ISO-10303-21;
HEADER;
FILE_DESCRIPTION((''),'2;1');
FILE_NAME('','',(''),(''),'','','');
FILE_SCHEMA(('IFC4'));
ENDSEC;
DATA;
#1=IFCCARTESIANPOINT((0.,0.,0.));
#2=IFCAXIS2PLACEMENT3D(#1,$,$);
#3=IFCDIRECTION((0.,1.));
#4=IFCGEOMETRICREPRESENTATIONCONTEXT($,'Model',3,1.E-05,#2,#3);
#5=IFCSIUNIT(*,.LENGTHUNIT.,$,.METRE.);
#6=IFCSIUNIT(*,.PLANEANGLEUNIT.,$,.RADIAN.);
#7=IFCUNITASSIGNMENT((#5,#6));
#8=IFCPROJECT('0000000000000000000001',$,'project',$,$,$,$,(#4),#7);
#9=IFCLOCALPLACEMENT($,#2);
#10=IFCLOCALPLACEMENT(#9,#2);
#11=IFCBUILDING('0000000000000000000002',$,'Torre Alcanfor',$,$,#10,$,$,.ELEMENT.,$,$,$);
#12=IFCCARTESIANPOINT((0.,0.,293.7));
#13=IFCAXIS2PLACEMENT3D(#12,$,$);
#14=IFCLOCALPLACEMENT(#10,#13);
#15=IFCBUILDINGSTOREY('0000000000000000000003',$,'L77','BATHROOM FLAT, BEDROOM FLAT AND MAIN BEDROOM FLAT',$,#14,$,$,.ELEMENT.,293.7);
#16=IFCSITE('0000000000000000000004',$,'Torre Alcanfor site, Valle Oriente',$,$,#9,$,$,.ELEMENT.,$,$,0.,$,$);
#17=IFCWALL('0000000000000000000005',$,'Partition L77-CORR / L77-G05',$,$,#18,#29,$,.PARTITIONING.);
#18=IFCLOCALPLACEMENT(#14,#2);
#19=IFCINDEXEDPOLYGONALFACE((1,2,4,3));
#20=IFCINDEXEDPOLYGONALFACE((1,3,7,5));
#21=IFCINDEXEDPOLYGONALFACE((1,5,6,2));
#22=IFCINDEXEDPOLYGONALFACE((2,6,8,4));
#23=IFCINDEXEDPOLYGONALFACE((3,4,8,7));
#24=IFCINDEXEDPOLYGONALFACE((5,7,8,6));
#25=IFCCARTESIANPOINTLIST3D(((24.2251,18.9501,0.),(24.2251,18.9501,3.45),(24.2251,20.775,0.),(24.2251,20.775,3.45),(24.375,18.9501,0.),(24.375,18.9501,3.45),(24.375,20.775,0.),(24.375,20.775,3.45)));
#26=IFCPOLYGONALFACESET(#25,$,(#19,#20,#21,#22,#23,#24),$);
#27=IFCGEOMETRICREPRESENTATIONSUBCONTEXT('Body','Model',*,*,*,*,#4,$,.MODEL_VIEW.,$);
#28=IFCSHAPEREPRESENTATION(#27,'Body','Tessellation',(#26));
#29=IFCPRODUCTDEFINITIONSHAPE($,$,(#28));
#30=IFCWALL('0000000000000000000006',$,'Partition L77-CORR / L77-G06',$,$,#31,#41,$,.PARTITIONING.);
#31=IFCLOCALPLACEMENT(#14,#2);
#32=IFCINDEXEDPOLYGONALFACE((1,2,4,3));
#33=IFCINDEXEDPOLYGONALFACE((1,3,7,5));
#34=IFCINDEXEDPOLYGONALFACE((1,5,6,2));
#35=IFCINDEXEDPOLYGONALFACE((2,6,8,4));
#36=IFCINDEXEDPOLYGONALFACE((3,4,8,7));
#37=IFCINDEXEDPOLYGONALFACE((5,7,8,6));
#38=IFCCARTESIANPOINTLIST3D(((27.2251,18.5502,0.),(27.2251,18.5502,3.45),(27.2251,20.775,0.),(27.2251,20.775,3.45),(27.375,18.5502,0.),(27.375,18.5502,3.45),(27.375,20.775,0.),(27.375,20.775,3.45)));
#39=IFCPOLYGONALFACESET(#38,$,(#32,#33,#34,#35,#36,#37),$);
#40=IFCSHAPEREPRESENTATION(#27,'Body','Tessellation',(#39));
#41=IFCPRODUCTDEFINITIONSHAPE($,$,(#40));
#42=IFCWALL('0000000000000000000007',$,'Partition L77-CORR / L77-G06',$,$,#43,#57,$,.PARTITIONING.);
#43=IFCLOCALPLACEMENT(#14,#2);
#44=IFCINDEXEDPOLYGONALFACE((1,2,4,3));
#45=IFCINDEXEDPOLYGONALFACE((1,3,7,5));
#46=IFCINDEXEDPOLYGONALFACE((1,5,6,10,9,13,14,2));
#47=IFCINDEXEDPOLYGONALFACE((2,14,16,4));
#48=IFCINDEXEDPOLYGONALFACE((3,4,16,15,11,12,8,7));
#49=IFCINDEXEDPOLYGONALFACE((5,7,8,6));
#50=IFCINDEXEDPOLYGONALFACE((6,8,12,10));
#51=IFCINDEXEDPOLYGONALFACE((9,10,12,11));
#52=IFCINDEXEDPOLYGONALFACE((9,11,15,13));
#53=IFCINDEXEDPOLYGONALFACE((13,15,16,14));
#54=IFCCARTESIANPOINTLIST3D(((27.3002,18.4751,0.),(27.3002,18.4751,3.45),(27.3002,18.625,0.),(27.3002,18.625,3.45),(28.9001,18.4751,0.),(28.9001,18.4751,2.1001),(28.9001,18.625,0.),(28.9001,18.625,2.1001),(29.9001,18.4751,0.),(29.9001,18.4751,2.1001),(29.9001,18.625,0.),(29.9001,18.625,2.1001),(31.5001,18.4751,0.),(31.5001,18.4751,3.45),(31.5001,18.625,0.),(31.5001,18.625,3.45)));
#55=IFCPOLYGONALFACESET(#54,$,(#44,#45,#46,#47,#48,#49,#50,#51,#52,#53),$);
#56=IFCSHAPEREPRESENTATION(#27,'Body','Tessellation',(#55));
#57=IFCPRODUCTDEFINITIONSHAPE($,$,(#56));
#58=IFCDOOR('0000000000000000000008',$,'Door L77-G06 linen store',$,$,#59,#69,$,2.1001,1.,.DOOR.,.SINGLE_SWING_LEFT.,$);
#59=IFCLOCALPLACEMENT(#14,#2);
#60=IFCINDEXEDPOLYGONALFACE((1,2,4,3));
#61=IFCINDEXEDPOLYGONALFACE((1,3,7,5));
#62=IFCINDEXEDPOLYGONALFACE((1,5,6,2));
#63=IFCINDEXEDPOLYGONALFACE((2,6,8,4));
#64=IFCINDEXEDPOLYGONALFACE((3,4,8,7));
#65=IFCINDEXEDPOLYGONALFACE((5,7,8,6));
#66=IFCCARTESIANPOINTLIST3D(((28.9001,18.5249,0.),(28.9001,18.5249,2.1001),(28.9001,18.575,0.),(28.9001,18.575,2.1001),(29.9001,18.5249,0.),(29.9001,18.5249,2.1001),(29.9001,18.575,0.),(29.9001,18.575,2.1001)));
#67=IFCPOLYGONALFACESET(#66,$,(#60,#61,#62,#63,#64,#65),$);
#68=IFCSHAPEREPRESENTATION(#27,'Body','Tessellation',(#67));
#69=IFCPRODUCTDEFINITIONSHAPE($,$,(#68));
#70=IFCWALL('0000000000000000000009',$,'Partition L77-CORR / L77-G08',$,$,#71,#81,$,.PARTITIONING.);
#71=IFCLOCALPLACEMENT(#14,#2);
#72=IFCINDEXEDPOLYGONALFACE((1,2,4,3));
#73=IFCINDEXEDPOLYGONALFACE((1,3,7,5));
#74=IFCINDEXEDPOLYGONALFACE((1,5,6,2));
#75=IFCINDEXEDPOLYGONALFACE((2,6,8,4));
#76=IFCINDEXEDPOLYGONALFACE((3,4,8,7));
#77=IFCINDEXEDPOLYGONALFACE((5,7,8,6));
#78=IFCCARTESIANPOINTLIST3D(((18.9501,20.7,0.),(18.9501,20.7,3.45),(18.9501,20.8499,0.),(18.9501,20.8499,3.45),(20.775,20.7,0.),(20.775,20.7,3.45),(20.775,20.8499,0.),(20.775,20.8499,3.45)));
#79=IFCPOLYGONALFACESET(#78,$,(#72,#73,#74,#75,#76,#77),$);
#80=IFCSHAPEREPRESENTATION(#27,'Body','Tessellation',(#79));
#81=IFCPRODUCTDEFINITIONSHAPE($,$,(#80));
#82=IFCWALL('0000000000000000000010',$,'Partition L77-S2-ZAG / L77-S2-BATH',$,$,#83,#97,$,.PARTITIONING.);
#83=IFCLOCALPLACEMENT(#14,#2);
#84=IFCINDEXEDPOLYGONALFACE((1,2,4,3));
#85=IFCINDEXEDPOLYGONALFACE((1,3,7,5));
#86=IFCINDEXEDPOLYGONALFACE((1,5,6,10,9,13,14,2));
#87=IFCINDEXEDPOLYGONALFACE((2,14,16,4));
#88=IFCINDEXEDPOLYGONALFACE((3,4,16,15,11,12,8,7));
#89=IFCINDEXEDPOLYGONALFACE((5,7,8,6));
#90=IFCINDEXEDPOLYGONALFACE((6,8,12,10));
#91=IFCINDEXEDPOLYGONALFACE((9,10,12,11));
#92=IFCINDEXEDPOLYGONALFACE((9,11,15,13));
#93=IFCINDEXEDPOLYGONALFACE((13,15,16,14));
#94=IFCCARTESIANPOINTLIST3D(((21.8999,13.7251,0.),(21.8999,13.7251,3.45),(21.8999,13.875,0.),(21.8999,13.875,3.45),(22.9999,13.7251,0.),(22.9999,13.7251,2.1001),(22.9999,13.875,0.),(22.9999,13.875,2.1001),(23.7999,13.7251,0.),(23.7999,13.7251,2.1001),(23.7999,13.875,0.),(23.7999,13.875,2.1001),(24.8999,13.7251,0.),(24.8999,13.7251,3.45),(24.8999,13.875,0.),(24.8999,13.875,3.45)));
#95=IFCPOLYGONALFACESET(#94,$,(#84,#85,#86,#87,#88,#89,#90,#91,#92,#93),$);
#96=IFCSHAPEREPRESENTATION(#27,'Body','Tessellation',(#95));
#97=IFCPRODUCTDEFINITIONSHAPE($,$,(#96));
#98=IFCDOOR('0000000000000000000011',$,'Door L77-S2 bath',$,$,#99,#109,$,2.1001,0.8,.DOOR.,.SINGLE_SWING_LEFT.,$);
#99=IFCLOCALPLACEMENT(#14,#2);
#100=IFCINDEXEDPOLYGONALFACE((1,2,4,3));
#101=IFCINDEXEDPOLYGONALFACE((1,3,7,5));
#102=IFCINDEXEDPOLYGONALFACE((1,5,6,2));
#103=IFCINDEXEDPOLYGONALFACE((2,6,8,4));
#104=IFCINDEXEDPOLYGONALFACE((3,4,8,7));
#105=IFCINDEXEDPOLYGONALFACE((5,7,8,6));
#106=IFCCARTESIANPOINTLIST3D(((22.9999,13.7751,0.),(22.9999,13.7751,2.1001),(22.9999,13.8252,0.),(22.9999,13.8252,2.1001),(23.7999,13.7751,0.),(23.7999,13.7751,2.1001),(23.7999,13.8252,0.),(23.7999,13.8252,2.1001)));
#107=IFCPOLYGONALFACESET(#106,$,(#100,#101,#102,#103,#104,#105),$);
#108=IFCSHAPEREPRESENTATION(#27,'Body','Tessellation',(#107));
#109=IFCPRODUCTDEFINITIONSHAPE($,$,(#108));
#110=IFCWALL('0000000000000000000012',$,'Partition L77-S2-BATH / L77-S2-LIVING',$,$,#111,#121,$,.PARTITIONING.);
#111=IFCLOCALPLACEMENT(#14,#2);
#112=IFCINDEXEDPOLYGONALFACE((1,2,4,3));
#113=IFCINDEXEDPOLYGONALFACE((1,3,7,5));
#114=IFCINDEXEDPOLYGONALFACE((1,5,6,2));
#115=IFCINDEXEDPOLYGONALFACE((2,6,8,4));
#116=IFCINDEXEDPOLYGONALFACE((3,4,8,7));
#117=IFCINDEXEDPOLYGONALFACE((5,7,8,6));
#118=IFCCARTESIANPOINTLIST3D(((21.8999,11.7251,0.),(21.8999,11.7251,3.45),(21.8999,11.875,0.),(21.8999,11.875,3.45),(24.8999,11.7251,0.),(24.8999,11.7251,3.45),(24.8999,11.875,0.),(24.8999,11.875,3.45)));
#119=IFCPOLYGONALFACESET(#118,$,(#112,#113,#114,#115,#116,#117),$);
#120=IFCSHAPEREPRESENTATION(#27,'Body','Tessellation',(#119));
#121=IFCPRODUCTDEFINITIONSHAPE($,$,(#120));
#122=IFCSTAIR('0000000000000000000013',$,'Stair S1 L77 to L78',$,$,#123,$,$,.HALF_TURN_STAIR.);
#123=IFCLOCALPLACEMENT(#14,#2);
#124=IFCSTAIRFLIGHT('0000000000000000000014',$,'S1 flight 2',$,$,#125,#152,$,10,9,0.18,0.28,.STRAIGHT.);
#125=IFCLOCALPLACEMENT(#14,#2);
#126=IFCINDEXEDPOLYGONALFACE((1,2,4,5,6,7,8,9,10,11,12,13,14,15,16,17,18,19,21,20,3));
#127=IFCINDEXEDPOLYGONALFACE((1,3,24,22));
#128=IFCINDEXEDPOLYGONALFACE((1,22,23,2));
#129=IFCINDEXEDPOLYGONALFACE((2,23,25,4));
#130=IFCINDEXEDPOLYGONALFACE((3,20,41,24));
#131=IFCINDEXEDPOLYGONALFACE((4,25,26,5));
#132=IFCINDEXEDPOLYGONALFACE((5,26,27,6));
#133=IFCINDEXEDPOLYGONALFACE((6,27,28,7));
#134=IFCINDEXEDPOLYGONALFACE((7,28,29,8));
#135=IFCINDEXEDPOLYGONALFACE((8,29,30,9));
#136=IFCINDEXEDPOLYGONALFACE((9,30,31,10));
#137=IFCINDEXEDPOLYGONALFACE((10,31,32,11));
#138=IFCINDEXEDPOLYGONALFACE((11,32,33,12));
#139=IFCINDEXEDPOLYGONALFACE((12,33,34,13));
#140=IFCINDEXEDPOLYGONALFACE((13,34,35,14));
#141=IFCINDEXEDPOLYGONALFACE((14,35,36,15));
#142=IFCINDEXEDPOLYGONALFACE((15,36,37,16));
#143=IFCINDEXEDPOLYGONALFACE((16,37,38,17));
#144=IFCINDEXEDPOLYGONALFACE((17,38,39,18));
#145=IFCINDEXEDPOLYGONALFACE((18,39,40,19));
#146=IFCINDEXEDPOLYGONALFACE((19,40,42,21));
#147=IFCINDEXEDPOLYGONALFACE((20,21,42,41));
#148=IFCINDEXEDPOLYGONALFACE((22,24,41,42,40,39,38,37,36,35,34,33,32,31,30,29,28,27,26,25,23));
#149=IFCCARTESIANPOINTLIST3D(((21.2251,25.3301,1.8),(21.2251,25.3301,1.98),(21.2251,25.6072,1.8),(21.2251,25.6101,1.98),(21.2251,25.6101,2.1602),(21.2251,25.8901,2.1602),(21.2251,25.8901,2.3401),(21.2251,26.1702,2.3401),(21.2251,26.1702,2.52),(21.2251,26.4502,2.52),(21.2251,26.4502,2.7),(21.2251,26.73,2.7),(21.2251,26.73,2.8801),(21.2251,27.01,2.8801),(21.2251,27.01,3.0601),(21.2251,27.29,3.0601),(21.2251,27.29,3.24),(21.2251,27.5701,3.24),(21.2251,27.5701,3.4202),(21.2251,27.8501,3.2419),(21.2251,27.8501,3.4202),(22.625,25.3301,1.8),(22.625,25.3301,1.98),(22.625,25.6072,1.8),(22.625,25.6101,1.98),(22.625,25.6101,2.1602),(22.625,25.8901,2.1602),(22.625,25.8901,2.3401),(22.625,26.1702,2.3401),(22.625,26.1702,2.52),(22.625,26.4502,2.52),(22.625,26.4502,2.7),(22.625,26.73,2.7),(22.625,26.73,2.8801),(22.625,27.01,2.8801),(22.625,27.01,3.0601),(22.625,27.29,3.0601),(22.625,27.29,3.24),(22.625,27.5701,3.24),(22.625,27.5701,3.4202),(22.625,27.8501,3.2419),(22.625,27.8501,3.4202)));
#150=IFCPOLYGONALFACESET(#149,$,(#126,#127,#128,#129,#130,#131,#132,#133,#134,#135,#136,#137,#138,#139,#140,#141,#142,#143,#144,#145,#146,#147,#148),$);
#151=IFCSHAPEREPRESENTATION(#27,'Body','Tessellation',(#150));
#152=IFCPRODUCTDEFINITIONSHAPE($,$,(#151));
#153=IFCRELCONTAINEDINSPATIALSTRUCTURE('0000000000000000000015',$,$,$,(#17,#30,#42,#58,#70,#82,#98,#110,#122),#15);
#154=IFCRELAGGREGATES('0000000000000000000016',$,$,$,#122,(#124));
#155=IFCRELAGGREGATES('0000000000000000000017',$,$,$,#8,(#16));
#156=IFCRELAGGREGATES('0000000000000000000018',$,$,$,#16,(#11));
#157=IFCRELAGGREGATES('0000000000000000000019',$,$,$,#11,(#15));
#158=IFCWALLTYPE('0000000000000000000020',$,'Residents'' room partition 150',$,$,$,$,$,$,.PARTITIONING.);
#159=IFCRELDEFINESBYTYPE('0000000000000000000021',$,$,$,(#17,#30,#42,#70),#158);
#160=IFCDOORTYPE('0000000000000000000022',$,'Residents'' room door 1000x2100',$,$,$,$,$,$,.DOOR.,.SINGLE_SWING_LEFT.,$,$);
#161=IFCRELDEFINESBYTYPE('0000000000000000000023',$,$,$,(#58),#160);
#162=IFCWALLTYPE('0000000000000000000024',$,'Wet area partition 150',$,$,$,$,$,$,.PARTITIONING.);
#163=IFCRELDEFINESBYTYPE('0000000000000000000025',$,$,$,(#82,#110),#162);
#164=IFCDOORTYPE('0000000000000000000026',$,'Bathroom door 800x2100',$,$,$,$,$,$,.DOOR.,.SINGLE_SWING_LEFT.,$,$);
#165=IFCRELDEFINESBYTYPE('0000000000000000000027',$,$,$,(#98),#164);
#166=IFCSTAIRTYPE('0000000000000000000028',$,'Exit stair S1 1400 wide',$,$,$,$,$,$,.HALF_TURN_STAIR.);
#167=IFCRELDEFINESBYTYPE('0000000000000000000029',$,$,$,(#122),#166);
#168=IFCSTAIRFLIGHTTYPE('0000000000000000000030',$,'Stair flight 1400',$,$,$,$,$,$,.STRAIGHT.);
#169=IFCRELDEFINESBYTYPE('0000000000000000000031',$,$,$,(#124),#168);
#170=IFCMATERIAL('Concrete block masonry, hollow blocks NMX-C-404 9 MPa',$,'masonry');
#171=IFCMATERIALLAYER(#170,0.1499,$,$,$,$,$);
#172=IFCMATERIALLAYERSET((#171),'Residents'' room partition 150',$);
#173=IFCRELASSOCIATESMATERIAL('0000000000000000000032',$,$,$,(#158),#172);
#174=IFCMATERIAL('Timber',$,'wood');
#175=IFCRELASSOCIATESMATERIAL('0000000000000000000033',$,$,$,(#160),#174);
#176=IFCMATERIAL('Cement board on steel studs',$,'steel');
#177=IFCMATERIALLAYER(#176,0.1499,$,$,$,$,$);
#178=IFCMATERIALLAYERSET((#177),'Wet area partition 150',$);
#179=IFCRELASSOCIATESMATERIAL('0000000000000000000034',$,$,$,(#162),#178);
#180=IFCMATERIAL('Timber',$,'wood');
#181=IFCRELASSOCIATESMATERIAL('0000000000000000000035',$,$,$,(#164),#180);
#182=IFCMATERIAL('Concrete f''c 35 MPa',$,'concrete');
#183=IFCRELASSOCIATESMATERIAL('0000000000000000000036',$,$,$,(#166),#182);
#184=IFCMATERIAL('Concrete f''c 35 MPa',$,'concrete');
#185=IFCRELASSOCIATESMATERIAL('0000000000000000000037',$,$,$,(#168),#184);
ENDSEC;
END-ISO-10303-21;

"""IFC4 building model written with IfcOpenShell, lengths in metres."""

from ifc_helpers import new_model, si_unit, direction, frame, frame_2d, origin, place, context, subcontext, project, spatial, polyline, rectangle, outline, extrude, material, layer, layer_set, type_object, element, fill, aggregate, save


model = new_model("IFC4")

# Units and contexts
model_context = context("Model", 3, precision=1e-05, world=origin(), true_north=direction((0.0, 1.0)))
body_context = subcontext(model_context, "Body", "Model", "MODEL_VIEW")
ifc_project = project(units=[si_unit("LENGTHUNIT", "METRE"), si_unit("PLANEANGLEUNIT", "RADIAN")], contexts=[model_context])

# Site, building, storey
site_placement = place(None, origin())
site = spatial("IfcSite", under=ifc_project, at=site_placement, Name="Torre Alcanfor site, Valle Oriente", CompositionType="ELEMENT", RefElevation=0.0)
building_placement = place(site_placement, origin())
building = spatial("IfcBuilding", under=site, at=building_placement, Name="Torre Alcanfor", CompositionType="ELEMENT")
storey_placement = place(building_placement, frame((0.0, 0.0, 293.7)))
storey = spatial("IfcBuildingStorey", under=building, at=storey_placement, Name="L77", Description="BATHROOM FLAT, BEDROOM FLAT AND MAIN BEDROOM FLAT", CompositionType="ELEMENT", Elevation=293.7)

# Shared definitions
ifc_material_1 = material(Name="Concrete block masonry, hollow blocks NMX-C-404 9 MPa", Category="masonry")
ifc_layer_1 = layer(ifc_material_1, 0.1499)
ifc_layer_set_1 = layer_set([ifc_layer_1], Name="Residents' room partition 150")
wall_type_1 = type_object("IfcWallType", Name="Residents' room partition 150", PredefinedType="PARTITIONING", material=ifc_layer_set_1)

# Shared definitions
ifc_material_2 = material(Name="Timber", Category="wood")
door_type_1 = type_object("IfcDoorType", Name="Residents' room door 1000x2100", OperationType="SINGLE_SWING_LEFT", PredefinedType="DOOR", material=ifc_material_2)

# Walls
wall_1_placement = place(storey_placement, frame((24.3, 18.95, 0.0), z_axis=(0.0, 0.0, 1.0), x_axis=(0.0, 1.0, 0.0)))
element("IfcWall", 1, at=wall_1_placement, inside=storey, type_object=wall_type_1, Name="Partition L77-CORR / L77-G05", PredefinedType="PARTITIONING", context=body_context, shape_type="SweptSolid", body=[
    extrude(rectangle(XDim=1.825, YDim=0.1499, at=frame_2d((0.9126, 0.0))), origin(), (0.0, 0.0, 1.0), 3.45),
])
wall_2_placement = place(storey_placement, frame((27.3, 20.7749, 0.0), z_axis=(0.0, 0.0, 1.0), x_axis=(0.0, -1.0, 0.0)))
element("IfcWall", 2, at=wall_2_placement, inside=storey, type_object=wall_type_1, Name="Partition L77-CORR / L77-G06", PredefinedType="PARTITIONING", context=body_context, shape_type="SweptSolid", body=[
    extrude(rectangle(XDim=2.2249, YDim=0.1499, at=frame_2d((1.1123, 0.0))), origin(), (0.0, 0.0, 1.0), 3.45),
])

# Wall, opening, door
wall_3_placement = place(storey_placement, frame((27.3, 18.55, 0.0), z_axis=(0.0, 0.0, 1.0), x_axis=(1.0, 0.0, 0.0)))
wall_3 = element("IfcWall", 3, at=wall_3_placement, inside=storey, type_object=wall_type_1, Name="Partition L77-CORR / L77-G06", PredefinedType="PARTITIONING", context=body_context, shape_type="SweptSolid", body=[
    extrude(rectangle(XDim=4.2, YDim=0.1499, at=frame_2d((2.1001, 0.0))), origin(), (0.0, 0.0, 1.0), 3.45),
])
opening_1_placement = place(wall_3_placement, frame((1.6001, 0.0, 0.0)))
opening_1 = element("IfcOpeningElement", 4, at=opening_1_placement, cuts=wall_3, PredefinedType="OPENING", context=body_context, shape_type="SweptSolid", body=[
    extrude(rectangle(XDim=1.0, YDim=2.1001, at=frame_2d((0.5, 1.05))), frame((0.0, 0.085, 0.0), z_axis=(0.0, -1.0, 0.0), x_axis=(1.0, 0.0, 0.0)), (0.0, 0.0, 1.0), 0.1699),
])
door_1_placement = place(opening_1_placement, origin())
door_1 = element("IfcDoor", 5, at=door_1_placement, inside=storey, type_object=door_type_1, Name="Door L77-G06 linen store", OperationType="SINGLE_SWING_LEFT", OverallHeight=2.1001, OverallWidth=1.0, PredefinedType="DOOR", context=body_context, shape_type="SweptSolid", body=[
    extrude(rectangle(XDim=1.0, YDim=2.1001, at=frame_2d((0.5, 1.05))), frame((0.0, 0.0249, 0.0), z_axis=(0.0, -1.0, 0.0), x_axis=(1.0, 0.0, 0.0)), (0.0, 0.0, 1.0), 0.05),
])
fill(opening_1, door_1)

# Wall
wall_4_placement = place(storey_placement, frame((18.95, 20.7749, 0.0), z_axis=(0.0, 0.0, 1.0), x_axis=(1.0, 0.0, 0.0)))
element("IfcWall", 6, at=wall_4_placement, inside=storey, type_object=wall_type_1, Name="Partition L77-CORR / L77-G08", PredefinedType="PARTITIONING", context=body_context, shape_type="SweptSolid", body=[
    extrude(rectangle(XDim=1.825, YDim=0.1499, at=frame_2d((0.9126, 0.0))), origin(), (0.0, 0.0, 1.0), 3.45),
])

# Wall, opening, door
ifc_material_3 = material(Name="Cement board on steel studs", Category="steel")
ifc_layer_2 = layer(ifc_material_3, 0.1499)
ifc_layer_set_2 = layer_set([ifc_layer_2], Name="Wet area partition 150")
wall_type_2 = type_object("IfcWallType", Name="Wet area partition 150", PredefinedType="PARTITIONING", material=ifc_layer_set_2)
wall_5_placement = place(storey_placement, frame((24.8999, 13.8, 0.0), z_axis=(0.0, 0.0, 1.0), x_axis=(-1.0, 0.0, 0.0)))
wall_5 = element("IfcWall", 7, at=wall_5_placement, inside=storey, type_object=wall_type_2, Name="Partition L77-S2-ZAG / L77-S2-BATH", PredefinedType="PARTITIONING", context=body_context, shape_type="SweptSolid", body=[
    extrude(rectangle(XDim=3.0, YDim=0.1499, at=frame_2d((1.5, 0.0))), origin(), (0.0, 0.0, 1.0), 3.45),
])
opening_2_placement = place(wall_5_placement, frame((1.1001, 0.0, 0.0)))
opening_2 = element("IfcOpeningElement", 8, at=opening_2_placement, cuts=wall_5, PredefinedType="OPENING", context=body_context, shape_type="SweptSolid", body=[
    extrude(rectangle(XDim=0.8, YDim=2.1001, at=frame_2d((0.3999, 1.05))), frame((0.0, 0.085, 0.0), z_axis=(0.0, -1.0, 0.0), x_axis=(1.0, 0.0, 0.0)), (0.0, 0.0, 1.0), 0.1699),
])
ifc_material_4 = material(Name="Timber", Category="wood")
door_type_2 = type_object("IfcDoorType", Name="Bathroom door 800x2100", OperationType="SINGLE_SWING_LEFT", PredefinedType="DOOR", material=ifc_material_4)
door_2_placement = place(opening_2_placement, origin())
door_2 = element("IfcDoor", 9, at=door_2_placement, inside=storey, type_object=door_type_2, Name="Door L77-S2 bath", OperationType="SINGLE_SWING_LEFT", OverallHeight=2.1001, OverallWidth=0.8, PredefinedType="DOOR", context=body_context, shape_type="SweptSolid", body=[
    extrude(rectangle(XDim=0.8, YDim=2.1001, at=frame_2d((0.3999, 1.05))), frame((0.0, 0.0249, 0.0), z_axis=(0.0, -1.0, 0.0), x_axis=(1.0, 0.0, 0.0)), (0.0, 0.0, 1.0), 0.05),
])
fill(opening_2, door_2)

# Wall
wall_6_placement = place(storey_placement, frame((24.8999, 11.8, 0.0), z_axis=(0.0, 0.0, 1.0), x_axis=(-1.0, 0.0, 0.0)))
element("IfcWall", 10, at=wall_6_placement, inside=storey, type_object=wall_type_2, Name="Partition L77-S2-BATH / L77-S2-LIVING", PredefinedType="PARTITIONING", context=body_context, shape_type="SweptSolid", body=[
    extrude(rectangle(XDim=3.0, YDim=0.1499, at=frame_2d((1.5, 0.0))), origin(), (0.0, 0.0, 1.0), 3.45),
])

# Stair, stair flight
ifc_material_5 = material(Name="Concrete f'c 35 MPa", Category="concrete")
stair_type = type_object("IfcStairType", Name="Exit stair S1 1400 wide", PredefinedType="HALF_TURN_STAIR", material=ifc_material_5)
stair_placement = place(storey_placement, origin())
stair = element("IfcStair", 11, at=stair_placement, inside=storey, type_object=stair_type, Name="Stair S1 L77 to L78", PredefinedType="HALF_TURN_STAIR")
ifc_material_6 = material(Name="Concrete f'c 35 MPa", Category="concrete")
stair_flight_type = type_object("IfcStairFlightType", Name="Stair flight 1400", PredefinedType="STRAIGHT", material=ifc_material_6)
stair_flight_placement = place(storey_placement, frame((21.925, 25.3301, 1.8), z_axis=(0.0, 0.0, 1.0), x_axis=(0.0, 1.0, 0.0)))
stair_flight = element("IfcStairFlight", 12, at=stair_flight_placement, type_object=stair_flight_type, Name="S1 flight 2", NumberOfRisers=10, NumberOfTreads=9, PredefinedType="STRAIGHT", RiserHeight=0.18, TreadLength=0.28, context=body_context, shape_type="SweptSolid", body=[
    extrude(outline(polyline([(0.0, 0.0), (0.0, 0.1799), (0.28, 0.1799), (0.28, 0.3601), (0.5601, 0.3601), (0.5601, 0.54), (0.8401, 0.54), (0.8401, 0.72), (1.1201, 0.72), (1.1201, 0.8999), (1.3999, 0.8999), (1.3999, 1.0801), (1.6799, 1.0801), (1.6799, 1.26), (1.96, 1.26), (1.96, 1.4399), (2.24, 1.4399), (2.24, 1.6201), (2.52, 1.6201), (2.52, 1.8), (2.52, 1.4419), (0.2771, 0.0), (0.0, 0.0)])), frame((0.0, 0.7, 0.0), z_axis=(0.0, -1.0, 0.0), x_axis=(1.0, 0.0, 0.0)), (0.0, 0.0, 1.0), 1.3999),
])
aggregate(stair, [stair_flight])

save(model, "model.ifc")
